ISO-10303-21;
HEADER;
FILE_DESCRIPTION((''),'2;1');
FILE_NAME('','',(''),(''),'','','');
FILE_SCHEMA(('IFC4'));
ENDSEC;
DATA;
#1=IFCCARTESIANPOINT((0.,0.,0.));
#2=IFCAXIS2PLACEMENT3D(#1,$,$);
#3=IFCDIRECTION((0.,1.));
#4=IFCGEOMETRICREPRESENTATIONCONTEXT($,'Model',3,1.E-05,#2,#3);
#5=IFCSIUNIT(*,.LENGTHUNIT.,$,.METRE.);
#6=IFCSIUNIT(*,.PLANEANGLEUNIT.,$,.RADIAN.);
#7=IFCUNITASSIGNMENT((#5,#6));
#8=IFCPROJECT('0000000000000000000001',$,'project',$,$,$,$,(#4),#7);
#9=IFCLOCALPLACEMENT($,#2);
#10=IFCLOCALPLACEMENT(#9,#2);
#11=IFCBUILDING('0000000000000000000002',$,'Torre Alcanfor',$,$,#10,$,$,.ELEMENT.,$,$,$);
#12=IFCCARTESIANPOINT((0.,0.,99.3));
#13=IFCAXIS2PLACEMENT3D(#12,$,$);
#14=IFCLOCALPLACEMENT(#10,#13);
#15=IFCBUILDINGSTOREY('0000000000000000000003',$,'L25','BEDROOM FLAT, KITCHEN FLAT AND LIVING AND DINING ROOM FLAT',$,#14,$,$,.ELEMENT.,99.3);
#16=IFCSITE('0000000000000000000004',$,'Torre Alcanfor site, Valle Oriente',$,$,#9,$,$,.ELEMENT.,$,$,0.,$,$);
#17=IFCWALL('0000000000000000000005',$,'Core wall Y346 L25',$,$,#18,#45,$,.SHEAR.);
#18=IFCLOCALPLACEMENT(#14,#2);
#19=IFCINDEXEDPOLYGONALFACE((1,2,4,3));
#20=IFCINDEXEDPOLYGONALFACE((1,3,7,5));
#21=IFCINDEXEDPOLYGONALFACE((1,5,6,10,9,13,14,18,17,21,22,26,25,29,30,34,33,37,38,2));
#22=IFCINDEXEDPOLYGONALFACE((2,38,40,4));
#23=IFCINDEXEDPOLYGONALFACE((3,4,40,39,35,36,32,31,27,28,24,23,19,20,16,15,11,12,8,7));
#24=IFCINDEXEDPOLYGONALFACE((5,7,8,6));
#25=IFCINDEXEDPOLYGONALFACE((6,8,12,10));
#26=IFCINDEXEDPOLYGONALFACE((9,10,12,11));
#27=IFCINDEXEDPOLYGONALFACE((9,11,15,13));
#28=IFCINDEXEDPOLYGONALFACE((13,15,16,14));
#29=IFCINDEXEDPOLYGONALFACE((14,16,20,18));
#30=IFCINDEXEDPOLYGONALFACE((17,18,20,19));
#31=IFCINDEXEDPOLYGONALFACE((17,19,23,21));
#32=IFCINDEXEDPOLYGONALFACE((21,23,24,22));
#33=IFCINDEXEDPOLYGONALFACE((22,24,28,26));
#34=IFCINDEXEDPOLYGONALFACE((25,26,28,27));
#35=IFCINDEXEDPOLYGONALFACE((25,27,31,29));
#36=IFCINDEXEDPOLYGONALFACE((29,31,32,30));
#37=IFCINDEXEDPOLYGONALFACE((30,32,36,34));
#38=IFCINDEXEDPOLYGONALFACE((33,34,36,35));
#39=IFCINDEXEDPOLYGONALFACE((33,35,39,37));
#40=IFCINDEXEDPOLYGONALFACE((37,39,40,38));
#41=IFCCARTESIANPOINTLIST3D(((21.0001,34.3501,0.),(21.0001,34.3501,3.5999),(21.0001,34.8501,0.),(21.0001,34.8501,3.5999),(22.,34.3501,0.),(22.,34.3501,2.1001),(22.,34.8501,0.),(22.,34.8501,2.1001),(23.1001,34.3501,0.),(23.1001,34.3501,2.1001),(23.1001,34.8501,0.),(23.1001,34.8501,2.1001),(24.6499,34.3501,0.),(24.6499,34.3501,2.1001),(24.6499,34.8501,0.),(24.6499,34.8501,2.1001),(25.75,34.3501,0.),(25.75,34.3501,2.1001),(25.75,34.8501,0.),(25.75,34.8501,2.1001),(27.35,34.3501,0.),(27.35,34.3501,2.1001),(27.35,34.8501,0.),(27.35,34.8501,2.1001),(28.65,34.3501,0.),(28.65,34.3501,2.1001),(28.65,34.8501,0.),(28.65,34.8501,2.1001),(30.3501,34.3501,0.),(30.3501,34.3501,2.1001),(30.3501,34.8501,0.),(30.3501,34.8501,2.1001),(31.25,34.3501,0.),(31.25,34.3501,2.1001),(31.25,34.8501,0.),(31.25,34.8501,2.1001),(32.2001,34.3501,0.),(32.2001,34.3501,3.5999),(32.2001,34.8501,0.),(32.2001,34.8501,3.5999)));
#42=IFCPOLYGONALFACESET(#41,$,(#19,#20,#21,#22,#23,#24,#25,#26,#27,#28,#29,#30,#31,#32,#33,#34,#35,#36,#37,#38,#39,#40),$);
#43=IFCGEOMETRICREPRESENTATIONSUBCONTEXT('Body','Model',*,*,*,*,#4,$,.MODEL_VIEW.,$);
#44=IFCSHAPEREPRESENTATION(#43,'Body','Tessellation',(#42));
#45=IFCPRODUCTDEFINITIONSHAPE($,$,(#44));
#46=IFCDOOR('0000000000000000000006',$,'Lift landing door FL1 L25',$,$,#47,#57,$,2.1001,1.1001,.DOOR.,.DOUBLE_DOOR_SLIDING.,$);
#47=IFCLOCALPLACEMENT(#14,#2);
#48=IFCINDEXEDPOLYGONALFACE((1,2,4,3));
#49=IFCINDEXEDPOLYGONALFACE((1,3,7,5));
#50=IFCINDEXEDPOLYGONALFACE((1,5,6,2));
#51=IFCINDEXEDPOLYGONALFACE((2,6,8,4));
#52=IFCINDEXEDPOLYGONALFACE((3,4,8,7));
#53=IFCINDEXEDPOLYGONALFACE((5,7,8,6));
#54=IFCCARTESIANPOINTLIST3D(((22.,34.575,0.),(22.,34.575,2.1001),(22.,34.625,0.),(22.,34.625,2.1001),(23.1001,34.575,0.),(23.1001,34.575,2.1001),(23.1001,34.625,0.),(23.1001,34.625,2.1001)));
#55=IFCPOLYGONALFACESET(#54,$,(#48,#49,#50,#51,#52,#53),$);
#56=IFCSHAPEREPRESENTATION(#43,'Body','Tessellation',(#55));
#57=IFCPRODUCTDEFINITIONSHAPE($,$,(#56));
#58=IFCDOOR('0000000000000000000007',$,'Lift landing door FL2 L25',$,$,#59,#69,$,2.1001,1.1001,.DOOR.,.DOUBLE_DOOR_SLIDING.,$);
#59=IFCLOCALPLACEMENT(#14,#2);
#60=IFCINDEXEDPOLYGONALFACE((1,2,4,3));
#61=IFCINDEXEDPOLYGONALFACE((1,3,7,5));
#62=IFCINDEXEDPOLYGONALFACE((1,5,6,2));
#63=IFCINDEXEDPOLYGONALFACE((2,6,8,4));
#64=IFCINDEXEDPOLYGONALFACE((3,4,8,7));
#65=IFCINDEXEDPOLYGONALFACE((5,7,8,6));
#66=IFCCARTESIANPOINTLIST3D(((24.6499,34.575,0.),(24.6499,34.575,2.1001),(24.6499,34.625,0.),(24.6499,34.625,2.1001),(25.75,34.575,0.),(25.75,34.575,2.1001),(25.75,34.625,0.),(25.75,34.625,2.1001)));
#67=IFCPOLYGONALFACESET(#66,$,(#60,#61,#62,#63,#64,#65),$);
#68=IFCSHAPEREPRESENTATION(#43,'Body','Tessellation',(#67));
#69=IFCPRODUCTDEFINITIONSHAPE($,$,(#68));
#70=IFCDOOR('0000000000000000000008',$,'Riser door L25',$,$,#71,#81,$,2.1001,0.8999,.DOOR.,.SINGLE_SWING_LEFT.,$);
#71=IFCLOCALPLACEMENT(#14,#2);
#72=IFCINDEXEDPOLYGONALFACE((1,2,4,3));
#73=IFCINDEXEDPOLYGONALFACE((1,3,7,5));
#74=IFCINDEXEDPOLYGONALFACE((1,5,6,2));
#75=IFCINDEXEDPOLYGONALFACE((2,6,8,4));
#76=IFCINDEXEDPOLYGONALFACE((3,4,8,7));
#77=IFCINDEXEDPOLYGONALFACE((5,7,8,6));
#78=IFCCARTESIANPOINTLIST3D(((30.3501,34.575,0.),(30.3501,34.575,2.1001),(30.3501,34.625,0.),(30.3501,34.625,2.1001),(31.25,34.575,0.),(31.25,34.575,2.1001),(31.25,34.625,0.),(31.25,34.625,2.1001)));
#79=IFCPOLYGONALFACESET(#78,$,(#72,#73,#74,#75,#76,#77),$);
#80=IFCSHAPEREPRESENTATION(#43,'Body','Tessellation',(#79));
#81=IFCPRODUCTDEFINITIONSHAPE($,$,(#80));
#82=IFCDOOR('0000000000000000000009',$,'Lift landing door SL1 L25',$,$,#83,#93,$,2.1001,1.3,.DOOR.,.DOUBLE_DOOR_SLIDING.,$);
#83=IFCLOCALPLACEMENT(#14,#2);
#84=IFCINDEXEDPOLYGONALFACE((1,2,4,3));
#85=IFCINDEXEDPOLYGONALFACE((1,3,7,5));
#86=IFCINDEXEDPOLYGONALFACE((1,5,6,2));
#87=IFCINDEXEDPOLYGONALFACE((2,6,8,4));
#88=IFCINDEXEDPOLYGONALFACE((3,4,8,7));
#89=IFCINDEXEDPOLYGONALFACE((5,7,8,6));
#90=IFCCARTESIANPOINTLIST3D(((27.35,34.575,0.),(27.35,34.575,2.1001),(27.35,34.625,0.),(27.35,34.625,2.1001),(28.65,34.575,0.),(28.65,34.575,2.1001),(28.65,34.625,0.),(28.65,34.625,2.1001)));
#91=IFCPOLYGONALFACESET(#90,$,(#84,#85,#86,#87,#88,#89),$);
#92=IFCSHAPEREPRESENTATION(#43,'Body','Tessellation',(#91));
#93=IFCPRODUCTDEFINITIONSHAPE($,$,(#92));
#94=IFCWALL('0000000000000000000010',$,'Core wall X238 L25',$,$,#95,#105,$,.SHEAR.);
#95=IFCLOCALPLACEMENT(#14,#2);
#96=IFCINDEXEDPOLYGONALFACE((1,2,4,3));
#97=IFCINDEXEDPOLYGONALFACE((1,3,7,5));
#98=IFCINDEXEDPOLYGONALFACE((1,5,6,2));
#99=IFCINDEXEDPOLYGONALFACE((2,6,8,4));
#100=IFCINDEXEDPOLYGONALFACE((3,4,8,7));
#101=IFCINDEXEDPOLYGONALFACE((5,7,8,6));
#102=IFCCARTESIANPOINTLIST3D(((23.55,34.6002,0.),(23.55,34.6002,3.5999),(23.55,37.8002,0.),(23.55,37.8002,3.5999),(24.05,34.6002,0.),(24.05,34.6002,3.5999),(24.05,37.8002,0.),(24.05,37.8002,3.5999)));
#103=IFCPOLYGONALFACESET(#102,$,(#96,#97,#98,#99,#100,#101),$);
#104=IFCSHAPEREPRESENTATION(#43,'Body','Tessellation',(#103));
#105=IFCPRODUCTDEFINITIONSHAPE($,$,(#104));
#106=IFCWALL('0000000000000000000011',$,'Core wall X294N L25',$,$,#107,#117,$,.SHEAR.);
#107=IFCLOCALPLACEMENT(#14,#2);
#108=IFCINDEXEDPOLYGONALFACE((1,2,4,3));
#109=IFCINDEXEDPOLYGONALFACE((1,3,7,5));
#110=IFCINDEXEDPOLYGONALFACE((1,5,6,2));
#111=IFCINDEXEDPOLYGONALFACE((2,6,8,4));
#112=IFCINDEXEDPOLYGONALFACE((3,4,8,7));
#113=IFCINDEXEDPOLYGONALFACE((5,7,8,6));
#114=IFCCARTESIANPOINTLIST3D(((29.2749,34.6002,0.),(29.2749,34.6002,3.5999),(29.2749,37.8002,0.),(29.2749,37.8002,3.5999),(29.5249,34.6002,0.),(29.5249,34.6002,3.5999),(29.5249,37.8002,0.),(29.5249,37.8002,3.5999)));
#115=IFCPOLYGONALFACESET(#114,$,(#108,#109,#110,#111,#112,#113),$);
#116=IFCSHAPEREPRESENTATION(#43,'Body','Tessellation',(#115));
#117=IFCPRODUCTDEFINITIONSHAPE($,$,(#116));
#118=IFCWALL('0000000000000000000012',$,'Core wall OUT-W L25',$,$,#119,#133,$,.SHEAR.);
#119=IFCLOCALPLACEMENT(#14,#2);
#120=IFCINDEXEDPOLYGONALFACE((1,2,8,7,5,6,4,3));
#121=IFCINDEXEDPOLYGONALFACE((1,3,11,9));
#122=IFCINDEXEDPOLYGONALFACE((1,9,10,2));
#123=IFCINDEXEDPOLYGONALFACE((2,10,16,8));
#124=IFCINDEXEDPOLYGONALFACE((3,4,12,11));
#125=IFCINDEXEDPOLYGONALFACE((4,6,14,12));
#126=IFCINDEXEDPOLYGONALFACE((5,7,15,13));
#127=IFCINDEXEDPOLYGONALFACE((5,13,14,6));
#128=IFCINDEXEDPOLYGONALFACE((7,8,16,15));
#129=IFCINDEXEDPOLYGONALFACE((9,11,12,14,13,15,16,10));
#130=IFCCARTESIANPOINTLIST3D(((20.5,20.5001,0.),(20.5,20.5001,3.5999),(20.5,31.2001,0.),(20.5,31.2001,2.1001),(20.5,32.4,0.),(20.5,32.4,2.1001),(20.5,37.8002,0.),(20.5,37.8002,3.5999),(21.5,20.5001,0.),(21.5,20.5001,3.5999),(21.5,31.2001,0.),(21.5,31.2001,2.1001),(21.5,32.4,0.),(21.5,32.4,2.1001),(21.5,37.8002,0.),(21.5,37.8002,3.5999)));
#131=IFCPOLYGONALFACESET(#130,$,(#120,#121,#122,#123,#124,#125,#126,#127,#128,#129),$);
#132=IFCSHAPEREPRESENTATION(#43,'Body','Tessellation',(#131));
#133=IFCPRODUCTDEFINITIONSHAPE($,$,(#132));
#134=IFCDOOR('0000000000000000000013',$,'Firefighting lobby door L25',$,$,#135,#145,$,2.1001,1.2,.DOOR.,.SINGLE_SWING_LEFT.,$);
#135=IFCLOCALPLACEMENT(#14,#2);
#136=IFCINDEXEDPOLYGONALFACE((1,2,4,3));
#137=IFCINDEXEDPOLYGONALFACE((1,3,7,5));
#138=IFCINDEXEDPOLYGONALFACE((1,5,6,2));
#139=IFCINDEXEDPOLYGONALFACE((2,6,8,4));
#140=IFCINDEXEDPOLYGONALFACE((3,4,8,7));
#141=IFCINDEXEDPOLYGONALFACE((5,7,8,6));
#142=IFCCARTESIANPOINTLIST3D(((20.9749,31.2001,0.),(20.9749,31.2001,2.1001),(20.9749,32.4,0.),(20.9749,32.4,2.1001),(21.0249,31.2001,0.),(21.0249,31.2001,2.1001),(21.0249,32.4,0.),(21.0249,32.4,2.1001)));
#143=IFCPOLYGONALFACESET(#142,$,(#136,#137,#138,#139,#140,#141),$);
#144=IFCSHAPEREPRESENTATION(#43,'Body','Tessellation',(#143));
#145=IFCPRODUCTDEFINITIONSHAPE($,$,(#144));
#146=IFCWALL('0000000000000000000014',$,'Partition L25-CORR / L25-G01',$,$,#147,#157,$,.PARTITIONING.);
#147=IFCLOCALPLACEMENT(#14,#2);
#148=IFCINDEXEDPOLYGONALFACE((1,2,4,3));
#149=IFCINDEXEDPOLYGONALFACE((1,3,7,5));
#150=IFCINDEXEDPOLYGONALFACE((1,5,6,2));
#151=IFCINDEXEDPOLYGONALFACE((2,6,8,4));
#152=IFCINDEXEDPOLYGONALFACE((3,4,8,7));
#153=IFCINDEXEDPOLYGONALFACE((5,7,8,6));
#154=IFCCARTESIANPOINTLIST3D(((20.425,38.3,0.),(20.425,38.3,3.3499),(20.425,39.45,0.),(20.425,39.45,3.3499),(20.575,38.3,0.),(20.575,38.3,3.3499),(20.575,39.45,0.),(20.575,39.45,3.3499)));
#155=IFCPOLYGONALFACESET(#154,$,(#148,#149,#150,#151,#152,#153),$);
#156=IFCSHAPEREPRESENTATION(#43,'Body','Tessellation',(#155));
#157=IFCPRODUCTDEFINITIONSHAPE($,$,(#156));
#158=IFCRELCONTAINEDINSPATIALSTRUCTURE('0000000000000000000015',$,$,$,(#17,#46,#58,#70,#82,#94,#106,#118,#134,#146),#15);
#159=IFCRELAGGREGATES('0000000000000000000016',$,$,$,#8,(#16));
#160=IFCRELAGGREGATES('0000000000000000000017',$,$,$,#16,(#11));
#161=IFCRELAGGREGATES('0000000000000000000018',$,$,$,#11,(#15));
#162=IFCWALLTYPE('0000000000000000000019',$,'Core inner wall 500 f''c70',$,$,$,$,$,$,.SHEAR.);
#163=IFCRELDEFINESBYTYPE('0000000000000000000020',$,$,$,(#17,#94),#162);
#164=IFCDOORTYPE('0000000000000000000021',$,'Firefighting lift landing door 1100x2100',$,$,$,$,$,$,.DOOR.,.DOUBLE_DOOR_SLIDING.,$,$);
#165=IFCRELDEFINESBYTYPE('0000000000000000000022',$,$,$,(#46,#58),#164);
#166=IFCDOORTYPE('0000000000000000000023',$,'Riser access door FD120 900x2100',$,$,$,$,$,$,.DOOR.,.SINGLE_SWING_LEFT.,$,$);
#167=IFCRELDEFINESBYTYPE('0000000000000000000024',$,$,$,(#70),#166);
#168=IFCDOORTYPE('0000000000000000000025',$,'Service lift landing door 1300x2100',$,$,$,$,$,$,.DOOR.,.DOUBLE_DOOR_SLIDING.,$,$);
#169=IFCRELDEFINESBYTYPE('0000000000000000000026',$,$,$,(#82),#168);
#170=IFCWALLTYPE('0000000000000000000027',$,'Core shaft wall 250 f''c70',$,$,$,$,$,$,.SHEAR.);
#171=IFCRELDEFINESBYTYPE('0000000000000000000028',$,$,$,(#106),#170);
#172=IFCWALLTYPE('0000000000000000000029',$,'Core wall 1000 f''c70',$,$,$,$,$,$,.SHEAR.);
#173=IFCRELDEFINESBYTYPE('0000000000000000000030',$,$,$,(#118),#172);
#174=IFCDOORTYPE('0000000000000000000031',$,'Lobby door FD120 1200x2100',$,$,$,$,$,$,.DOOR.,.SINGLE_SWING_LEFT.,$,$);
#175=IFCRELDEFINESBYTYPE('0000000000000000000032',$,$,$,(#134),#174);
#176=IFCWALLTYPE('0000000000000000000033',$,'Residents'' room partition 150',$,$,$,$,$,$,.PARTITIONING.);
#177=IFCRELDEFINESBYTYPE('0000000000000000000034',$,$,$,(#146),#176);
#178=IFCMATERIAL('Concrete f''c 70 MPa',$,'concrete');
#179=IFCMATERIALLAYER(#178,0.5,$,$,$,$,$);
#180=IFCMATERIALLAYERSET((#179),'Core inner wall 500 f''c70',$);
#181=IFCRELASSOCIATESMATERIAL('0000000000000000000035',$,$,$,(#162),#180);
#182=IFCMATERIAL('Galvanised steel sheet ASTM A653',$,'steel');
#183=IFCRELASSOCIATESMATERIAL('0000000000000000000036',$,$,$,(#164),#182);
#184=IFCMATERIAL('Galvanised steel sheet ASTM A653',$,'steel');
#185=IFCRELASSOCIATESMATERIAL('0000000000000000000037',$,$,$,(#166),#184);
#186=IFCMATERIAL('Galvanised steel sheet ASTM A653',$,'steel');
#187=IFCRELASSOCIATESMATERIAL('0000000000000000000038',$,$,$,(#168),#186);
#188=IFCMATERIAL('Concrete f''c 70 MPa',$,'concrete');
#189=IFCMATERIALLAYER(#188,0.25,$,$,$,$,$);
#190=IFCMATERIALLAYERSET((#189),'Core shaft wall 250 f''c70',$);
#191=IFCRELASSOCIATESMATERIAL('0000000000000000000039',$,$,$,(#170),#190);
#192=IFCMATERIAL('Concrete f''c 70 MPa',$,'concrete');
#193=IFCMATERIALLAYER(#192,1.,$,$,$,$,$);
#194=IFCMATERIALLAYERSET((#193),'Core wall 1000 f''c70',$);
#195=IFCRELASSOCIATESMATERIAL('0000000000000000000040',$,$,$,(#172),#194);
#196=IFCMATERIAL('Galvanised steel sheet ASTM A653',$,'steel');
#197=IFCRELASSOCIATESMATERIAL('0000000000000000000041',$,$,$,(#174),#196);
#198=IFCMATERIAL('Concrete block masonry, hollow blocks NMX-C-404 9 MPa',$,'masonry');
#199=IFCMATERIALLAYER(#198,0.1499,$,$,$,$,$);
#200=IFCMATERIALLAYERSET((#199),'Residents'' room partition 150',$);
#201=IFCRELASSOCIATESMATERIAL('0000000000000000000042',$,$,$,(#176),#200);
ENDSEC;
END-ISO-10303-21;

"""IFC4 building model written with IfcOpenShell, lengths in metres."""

from ifc_helpers import new_model, si_unit, direction, frame, frame_2d, origin, place, context, subcontext, project, spatial, rectangle, extrude, material, layer, layer_set, type_object, element, fill, save


model = new_model("IFC4")

# Units and contexts
model_context = context("Model", 3, precision=1e-05, world=origin(), true_north=direction((0.0, 1.0)))
body_context = subcontext(model_context, "Body", "Model", "MODEL_VIEW")
ifc_project = project(units=[si_unit("LENGTHUNIT", "METRE"), si_unit("PLANEANGLEUNIT", "RADIAN")], contexts=[model_context])

# Site, building, storey
site_placement = place(None, origin())
site = spatial("IfcSite", under=ifc_project, at=site_placement, Name="Torre Alcanfor site, Valle Oriente", CompositionType="ELEMENT", RefElevation=0.0)
building_placement = place(site_placement, origin())
building = spatial("IfcBuilding", under=site, at=building_placement, Name="Torre Alcanfor", CompositionType="ELEMENT")
storey_placement = place(building_placement, frame((0.0, 0.0, 99.3)))
storey = spatial("IfcBuildingStorey", under=building, at=storey_placement, Name="L25", Description="BEDROOM FLAT, KITCHEN FLAT AND LIVING AND DINING ROOM FLAT", CompositionType="ELEMENT", Elevation=99.3)

# Shared definitions
ifc_material_1 = material(Name="Concrete f'c 70 MPa", Category="concrete")
ifc_layer_1 = layer(ifc_material_1, 0.5)
ifc_layer_set_1 = layer_set([ifc_layer_1], Name="Core inner wall 500 f'c70")
wall_type_1 = type_object("IfcWallType", Name="Core inner wall 500 f'c70", PredefinedType="SHEAR", material=ifc_layer_set_1)

# Wall, openings, doors
wall_1_placement = place(storey_placement, frame((21.0, 34.6001, 0.0), z_axis=(0.0, 0.0, 1.0), x_axis=(1.0, 0.0, 0.0)))
wall_1 = element("IfcWall", 1, at=wall_1_placement, inside=storey, type_object=wall_type_1, Name="Core wall Y346 L25", PredefinedType="SHEAR", context=body_context, shape_type="SweptSolid", body=[
    extrude(rectangle(XDim=11.2, YDim=0.5, at=frame_2d((5.6001, 0.0))), origin(), (0.0, 0.0, 1.0), 3.5999),
])
opening_1_placement = place(wall_1_placement, frame((9.3501, 0.0, 0.0)))
opening_1 = element("IfcOpeningElement", 2, at=opening_1_placement, cuts=wall_1, PredefinedType="OPENING", context=body_context, shape_type="SweptSolid", body=[
    extrude(rectangle(XDim=0.8999, YDim=2.1001, at=frame_2d((0.45, 1.05))), frame((0.0, 0.26, 0.0), z_axis=(0.0, -1.0, 0.0), x_axis=(1.0, 0.0, 0.0)), (0.0, 0.0, 1.0), 0.52),
])
opening_2_placement = place(wall_1_placement, frame((1.0, 0.0, 0.0)))
opening_2 = element("IfcOpeningElement", 3, at=opening_2_placement, cuts=wall_1, PredefinedType="OPENING", context=body_context, shape_type="SweptSolid", body=[
    extrude(rectangle(XDim=1.1001, YDim=2.1001, at=frame_2d((0.55, 1.05))), frame((0.0, 0.26, 0.0), z_axis=(0.0, -1.0, 0.0), x_axis=(1.0, 0.0, 0.0)), (0.0, 0.0, 1.0), 0.52),
])
opening_3_placement = place(wall_1_placement, frame((3.6499, 0.0, 0.0)))
opening_3 = element("IfcOpeningElement", 4, at=opening_3_placement, cuts=wall_1, PredefinedType="OPENING", context=body_context, shape_type="SweptSolid", body=[
    extrude(rectangle(XDim=1.1001, YDim=2.1001, at=frame_2d((0.55, 1.05))), frame((0.0, 0.26, 0.0), z_axis=(0.0, -1.0, 0.0), x_axis=(1.0, 0.0, 0.0)), (0.0, 0.0, 1.0), 0.52),
])
opening_4_placement = place(wall_1_placement, frame((6.3501, 0.0, 0.0)))
opening_4 = element("IfcOpeningElement", 5, at=opening_4_placement, cuts=wall_1, PredefinedType="OPENING", context=body_context, shape_type="SweptSolid", body=[
    extrude(rectangle(XDim=1.3, YDim=2.1001, at=frame_2d((0.6499, 1.05))), frame((0.0, 0.26, 0.0), z_axis=(0.0, -1.0, 0.0), x_axis=(1.0, 0.0, 0.0)), (0.0, 0.0, 1.0), 0.52),
])
ifc_material_2 = material(Name="Galvanised steel sheet ASTM A653", Category="steel")
door_type_1 = type_object("IfcDoorType", Name="Firefighting lift landing door 1100x2100", OperationType="DOUBLE_DOOR_SLIDING", PredefinedType="DOOR", material=ifc_material_2)
door_1_placement = place(opening_2_placement, origin())
door_1 = element("IfcDoor", 6, at=door_1_placement, inside=storey, type_object=door_type_1, Name="Lift landing door FL1 L25", OperationType="DOUBLE_DOOR_SLIDING", OverallHeight=2.1001, OverallWidth=1.1001, PredefinedType="DOOR", context=body_context, shape_type="SweptSolid", body=[
    extrude(rectangle(XDim=1.1001, YDim=2.1001, at=frame_2d((0.55, 1.05))), frame((0.0, 0.0249, 0.0), z_axis=(0.0, -1.0, 0.0), x_axis=(1.0, 0.0, 0.0)), (0.0, 0.0, 1.0), 0.05),
])
fill(opening_2, door_1)
door_2_placement = place(opening_3_placement, origin())
door_2 = element("IfcDoor", 7, at=door_2_placement, inside=storey, type_object=door_type_1, Name="Lift landing door FL2 L25", OperationType="DOUBLE_DOOR_SLIDING", OverallHeight=2.1001, OverallWidth=1.1001, PredefinedType="DOOR", context=body_context, shape_type="SweptSolid", body=[
    extrude(rectangle(XDim=1.1001, YDim=2.1001, at=frame_2d((0.55, 1.05))), frame((0.0, 0.0249, 0.0), z_axis=(0.0, -1.0, 0.0), x_axis=(1.0, 0.0, 0.0)), (0.0, 0.0, 1.0), 0.05),
])
fill(opening_3, door_2)
ifc_material_3 = material(Name="Galvanised steel sheet ASTM A653", Category="steel")
door_type_2 = type_object("IfcDoorType", Name="Riser access door FD120 900x2100", OperationType="SINGLE_SWING_LEFT", PredefinedType="DOOR", material=ifc_material_3)
door_3_placement = place(opening_1_placement, origin())
door_3 = element("IfcDoor", 8, at=door_3_placement, inside=storey, type_object=door_type_2, Name="Riser door L25", OperationType="SINGLE_SWING_LEFT", OverallHeight=2.1001, OverallWidth=0.8999, PredefinedType="DOOR", context=body_context, shape_type="SweptSolid", body=[
    extrude(rectangle(XDim=0.8999, YDim=2.1001, at=frame_2d((0.45, 1.05))), frame((0.0, 0.0249, 0.0), z_axis=(0.0, -1.0, 0.0), x_axis=(1.0, 0.0, 0.0)), (0.0, 0.0, 1.0), 0.05),
])
fill(opening_1, door_3)
ifc_material_4 = material(Name="Galvanised steel sheet ASTM A653", Category="steel")
door_type_3 = type_object("IfcDoorType", Name="Service lift landing door 1300x2100", OperationType="DOUBLE_DOOR_SLIDING", PredefinedType="DOOR", material=ifc_material_4)
door_4_placement = place(opening_4_placement, origin())
door_4 = element("IfcDoor", 9, at=door_4_placement, inside=storey, type_object=door_type_3, Name="Lift landing door SL1 L25", OperationType="DOUBLE_DOOR_SLIDING", OverallHeight=2.1001, OverallWidth=1.3, PredefinedType="DOOR", context=body_context, shape_type="SweptSolid", body=[
    extrude(rectangle(XDim=1.3, YDim=2.1001, at=frame_2d((0.6499, 1.05))), frame((0.0, 0.0249, 0.0), z_axis=(0.0, -1.0, 0.0), x_axis=(1.0, 0.0, 0.0)), (0.0, 0.0, 1.0), 0.05),
])
fill(opening_4, door_4)

# Walls
wall_2_placement = place(storey_placement, frame((23.8, 34.6001, 0.0), z_axis=(0.0, 0.0, 1.0), x_axis=(0.0, 1.0, 0.0)))
element("IfcWall", 10, at=wall_2_placement, inside=storey, type_object=wall_type_1, Name="Core wall X238 L25", PredefinedType="SHEAR", context=body_context, shape_type="SweptSolid", body=[
    extrude(rectangle(XDim=3.2, YDim=0.5, at=frame_2d((1.6001, 0.0))), origin(), (0.0, 0.0, 1.0), 3.5999),
])
ifc_material_5 = material(Name="Concrete f'c 70 MPa", Category="concrete")
ifc_layer_2 = layer(ifc_material_5, 0.25)
ifc_layer_set_2 = layer_set([ifc_layer_2], Name="Core shaft wall 250 f'c70")
wall_type_2 = type_object("IfcWallType", Name="Core shaft wall 250 f'c70", PredefinedType="SHEAR", material=ifc_layer_set_2)
wall_3_placement = place(storey_placement, frame((29.3999, 34.6001, 0.0), z_axis=(0.0, 0.0, 1.0), x_axis=(0.0, 1.0, 0.0)))
element("IfcWall", 11, at=wall_3_placement, inside=storey, type_object=wall_type_2, Name="Core wall X294N L25", PredefinedType="SHEAR", context=body_context, shape_type="SweptSolid", body=[
    extrude(rectangle(XDim=3.2, YDim=0.25, at=frame_2d((1.6001, 0.0))), origin(), (0.0, 0.0, 1.0), 3.5999),
])

# Wall, opening, door
ifc_material_6 = material(Name="Concrete f'c 70 MPa", Category="concrete")
ifc_layer_3 = layer(ifc_material_6, 1.0)
ifc_layer_set_3 = layer_set([ifc_layer_3], Name="Core wall 1000 f'c70")
wall_type_3 = type_object("IfcWallType", Name="Core wall 1000 f'c70", PredefinedType="SHEAR", material=ifc_layer_set_3)
wall_4_placement = place(storey_placement, frame((21.0, 37.8, 0.0), z_axis=(0.0, 0.0, 1.0), x_axis=(0.0, -1.0, 0.0)))
wall_4 = element("IfcWall", 12, at=wall_4_placement, inside=storey, type_object=wall_type_3, Name="Core wall OUT-W L25", PredefinedType="SHEAR", context=body_context, shape_type="SweptSolid", body=[
    extrude(rectangle(XDim=17.3, YDim=1.0, at=frame_2d((8.6499, 0.0))), origin(), (0.0, 0.0, 1.0), 3.5999),
])
opening_5_placement = place(wall_4_placement, frame((5.3999, 0.0, 0.0)))
opening_5 = element("IfcOpeningElement", 13, at=opening_5_placement, cuts=wall_4, PredefinedType="OPENING", context=body_context, shape_type="SweptSolid", body=[
    extrude(rectangle(XDim=1.2, YDim=2.1001, at=frame_2d((0.6001, 1.05))), frame((0.0, 0.51, 0.0), z_axis=(0.0, -1.0, 0.0), x_axis=(1.0, 0.0, 0.0)), (0.0, 0.0, 1.0), 1.02),
])
ifc_material_7 = material(Name="Galvanised steel sheet ASTM A653", Category="steel")
door_type_4 = type_object("IfcDoorType", Name="Lobby door FD120 1200x2100", OperationType="SINGLE_SWING_LEFT", PredefinedType="DOOR", material=ifc_material_7)
door_5_placement = place(opening_5_placement, origin())
door_5 = element("IfcDoor", 14, at=door_5_placement, inside=storey, type_object=door_type_4, Name="Firefighting lobby door L25", OperationType="SINGLE_SWING_LEFT", OverallHeight=2.1001, OverallWidth=1.2, PredefinedType="DOOR", context=body_context, shape_type="SweptSolid", body=[
    extrude(rectangle(XDim=1.2, YDim=2.1001, at=frame_2d((0.6001, 1.05))), frame((0.0, 0.0249, 0.0), z_axis=(0.0, -1.0, 0.0), x_axis=(1.0, 0.0, 0.0)), (0.0, 0.0, 1.0), 0.05),
])
fill(opening_5, door_5)

# Wall
ifc_material_8 = material(Name="Concrete block masonry, hollow blocks NMX-C-404 9 MPa", Category="masonry")
ifc_layer_4 = layer(ifc_material_8, 0.1499)
ifc_layer_set_4 = layer_set([ifc_layer_4], Name="Residents' room partition 150")
wall_type_4 = type_object("IfcWallType", Name="Residents' room partition 150", PredefinedType="PARTITIONING", material=ifc_layer_set_4)
wall_5_placement = place(storey_placement, frame((20.5, 39.45, 0.0), z_axis=(0.0, 0.0, 1.0), x_axis=(0.0, -1.0, 0.0)))
element("IfcWall", 15, at=wall_5_placement, inside=storey, type_object=wall_type_4, Name="Partition L25-CORR / L25-G01", PredefinedType="PARTITIONING", context=body_context, shape_type="SweptSolid", body=[
    extrude(rectangle(XDim=1.1499, YDim=0.1499, at=frame_2d((0.575, 0.0))), origin(), (0.0, 0.0, 1.0), 3.3499),
])

save(model, "model.ifc")
